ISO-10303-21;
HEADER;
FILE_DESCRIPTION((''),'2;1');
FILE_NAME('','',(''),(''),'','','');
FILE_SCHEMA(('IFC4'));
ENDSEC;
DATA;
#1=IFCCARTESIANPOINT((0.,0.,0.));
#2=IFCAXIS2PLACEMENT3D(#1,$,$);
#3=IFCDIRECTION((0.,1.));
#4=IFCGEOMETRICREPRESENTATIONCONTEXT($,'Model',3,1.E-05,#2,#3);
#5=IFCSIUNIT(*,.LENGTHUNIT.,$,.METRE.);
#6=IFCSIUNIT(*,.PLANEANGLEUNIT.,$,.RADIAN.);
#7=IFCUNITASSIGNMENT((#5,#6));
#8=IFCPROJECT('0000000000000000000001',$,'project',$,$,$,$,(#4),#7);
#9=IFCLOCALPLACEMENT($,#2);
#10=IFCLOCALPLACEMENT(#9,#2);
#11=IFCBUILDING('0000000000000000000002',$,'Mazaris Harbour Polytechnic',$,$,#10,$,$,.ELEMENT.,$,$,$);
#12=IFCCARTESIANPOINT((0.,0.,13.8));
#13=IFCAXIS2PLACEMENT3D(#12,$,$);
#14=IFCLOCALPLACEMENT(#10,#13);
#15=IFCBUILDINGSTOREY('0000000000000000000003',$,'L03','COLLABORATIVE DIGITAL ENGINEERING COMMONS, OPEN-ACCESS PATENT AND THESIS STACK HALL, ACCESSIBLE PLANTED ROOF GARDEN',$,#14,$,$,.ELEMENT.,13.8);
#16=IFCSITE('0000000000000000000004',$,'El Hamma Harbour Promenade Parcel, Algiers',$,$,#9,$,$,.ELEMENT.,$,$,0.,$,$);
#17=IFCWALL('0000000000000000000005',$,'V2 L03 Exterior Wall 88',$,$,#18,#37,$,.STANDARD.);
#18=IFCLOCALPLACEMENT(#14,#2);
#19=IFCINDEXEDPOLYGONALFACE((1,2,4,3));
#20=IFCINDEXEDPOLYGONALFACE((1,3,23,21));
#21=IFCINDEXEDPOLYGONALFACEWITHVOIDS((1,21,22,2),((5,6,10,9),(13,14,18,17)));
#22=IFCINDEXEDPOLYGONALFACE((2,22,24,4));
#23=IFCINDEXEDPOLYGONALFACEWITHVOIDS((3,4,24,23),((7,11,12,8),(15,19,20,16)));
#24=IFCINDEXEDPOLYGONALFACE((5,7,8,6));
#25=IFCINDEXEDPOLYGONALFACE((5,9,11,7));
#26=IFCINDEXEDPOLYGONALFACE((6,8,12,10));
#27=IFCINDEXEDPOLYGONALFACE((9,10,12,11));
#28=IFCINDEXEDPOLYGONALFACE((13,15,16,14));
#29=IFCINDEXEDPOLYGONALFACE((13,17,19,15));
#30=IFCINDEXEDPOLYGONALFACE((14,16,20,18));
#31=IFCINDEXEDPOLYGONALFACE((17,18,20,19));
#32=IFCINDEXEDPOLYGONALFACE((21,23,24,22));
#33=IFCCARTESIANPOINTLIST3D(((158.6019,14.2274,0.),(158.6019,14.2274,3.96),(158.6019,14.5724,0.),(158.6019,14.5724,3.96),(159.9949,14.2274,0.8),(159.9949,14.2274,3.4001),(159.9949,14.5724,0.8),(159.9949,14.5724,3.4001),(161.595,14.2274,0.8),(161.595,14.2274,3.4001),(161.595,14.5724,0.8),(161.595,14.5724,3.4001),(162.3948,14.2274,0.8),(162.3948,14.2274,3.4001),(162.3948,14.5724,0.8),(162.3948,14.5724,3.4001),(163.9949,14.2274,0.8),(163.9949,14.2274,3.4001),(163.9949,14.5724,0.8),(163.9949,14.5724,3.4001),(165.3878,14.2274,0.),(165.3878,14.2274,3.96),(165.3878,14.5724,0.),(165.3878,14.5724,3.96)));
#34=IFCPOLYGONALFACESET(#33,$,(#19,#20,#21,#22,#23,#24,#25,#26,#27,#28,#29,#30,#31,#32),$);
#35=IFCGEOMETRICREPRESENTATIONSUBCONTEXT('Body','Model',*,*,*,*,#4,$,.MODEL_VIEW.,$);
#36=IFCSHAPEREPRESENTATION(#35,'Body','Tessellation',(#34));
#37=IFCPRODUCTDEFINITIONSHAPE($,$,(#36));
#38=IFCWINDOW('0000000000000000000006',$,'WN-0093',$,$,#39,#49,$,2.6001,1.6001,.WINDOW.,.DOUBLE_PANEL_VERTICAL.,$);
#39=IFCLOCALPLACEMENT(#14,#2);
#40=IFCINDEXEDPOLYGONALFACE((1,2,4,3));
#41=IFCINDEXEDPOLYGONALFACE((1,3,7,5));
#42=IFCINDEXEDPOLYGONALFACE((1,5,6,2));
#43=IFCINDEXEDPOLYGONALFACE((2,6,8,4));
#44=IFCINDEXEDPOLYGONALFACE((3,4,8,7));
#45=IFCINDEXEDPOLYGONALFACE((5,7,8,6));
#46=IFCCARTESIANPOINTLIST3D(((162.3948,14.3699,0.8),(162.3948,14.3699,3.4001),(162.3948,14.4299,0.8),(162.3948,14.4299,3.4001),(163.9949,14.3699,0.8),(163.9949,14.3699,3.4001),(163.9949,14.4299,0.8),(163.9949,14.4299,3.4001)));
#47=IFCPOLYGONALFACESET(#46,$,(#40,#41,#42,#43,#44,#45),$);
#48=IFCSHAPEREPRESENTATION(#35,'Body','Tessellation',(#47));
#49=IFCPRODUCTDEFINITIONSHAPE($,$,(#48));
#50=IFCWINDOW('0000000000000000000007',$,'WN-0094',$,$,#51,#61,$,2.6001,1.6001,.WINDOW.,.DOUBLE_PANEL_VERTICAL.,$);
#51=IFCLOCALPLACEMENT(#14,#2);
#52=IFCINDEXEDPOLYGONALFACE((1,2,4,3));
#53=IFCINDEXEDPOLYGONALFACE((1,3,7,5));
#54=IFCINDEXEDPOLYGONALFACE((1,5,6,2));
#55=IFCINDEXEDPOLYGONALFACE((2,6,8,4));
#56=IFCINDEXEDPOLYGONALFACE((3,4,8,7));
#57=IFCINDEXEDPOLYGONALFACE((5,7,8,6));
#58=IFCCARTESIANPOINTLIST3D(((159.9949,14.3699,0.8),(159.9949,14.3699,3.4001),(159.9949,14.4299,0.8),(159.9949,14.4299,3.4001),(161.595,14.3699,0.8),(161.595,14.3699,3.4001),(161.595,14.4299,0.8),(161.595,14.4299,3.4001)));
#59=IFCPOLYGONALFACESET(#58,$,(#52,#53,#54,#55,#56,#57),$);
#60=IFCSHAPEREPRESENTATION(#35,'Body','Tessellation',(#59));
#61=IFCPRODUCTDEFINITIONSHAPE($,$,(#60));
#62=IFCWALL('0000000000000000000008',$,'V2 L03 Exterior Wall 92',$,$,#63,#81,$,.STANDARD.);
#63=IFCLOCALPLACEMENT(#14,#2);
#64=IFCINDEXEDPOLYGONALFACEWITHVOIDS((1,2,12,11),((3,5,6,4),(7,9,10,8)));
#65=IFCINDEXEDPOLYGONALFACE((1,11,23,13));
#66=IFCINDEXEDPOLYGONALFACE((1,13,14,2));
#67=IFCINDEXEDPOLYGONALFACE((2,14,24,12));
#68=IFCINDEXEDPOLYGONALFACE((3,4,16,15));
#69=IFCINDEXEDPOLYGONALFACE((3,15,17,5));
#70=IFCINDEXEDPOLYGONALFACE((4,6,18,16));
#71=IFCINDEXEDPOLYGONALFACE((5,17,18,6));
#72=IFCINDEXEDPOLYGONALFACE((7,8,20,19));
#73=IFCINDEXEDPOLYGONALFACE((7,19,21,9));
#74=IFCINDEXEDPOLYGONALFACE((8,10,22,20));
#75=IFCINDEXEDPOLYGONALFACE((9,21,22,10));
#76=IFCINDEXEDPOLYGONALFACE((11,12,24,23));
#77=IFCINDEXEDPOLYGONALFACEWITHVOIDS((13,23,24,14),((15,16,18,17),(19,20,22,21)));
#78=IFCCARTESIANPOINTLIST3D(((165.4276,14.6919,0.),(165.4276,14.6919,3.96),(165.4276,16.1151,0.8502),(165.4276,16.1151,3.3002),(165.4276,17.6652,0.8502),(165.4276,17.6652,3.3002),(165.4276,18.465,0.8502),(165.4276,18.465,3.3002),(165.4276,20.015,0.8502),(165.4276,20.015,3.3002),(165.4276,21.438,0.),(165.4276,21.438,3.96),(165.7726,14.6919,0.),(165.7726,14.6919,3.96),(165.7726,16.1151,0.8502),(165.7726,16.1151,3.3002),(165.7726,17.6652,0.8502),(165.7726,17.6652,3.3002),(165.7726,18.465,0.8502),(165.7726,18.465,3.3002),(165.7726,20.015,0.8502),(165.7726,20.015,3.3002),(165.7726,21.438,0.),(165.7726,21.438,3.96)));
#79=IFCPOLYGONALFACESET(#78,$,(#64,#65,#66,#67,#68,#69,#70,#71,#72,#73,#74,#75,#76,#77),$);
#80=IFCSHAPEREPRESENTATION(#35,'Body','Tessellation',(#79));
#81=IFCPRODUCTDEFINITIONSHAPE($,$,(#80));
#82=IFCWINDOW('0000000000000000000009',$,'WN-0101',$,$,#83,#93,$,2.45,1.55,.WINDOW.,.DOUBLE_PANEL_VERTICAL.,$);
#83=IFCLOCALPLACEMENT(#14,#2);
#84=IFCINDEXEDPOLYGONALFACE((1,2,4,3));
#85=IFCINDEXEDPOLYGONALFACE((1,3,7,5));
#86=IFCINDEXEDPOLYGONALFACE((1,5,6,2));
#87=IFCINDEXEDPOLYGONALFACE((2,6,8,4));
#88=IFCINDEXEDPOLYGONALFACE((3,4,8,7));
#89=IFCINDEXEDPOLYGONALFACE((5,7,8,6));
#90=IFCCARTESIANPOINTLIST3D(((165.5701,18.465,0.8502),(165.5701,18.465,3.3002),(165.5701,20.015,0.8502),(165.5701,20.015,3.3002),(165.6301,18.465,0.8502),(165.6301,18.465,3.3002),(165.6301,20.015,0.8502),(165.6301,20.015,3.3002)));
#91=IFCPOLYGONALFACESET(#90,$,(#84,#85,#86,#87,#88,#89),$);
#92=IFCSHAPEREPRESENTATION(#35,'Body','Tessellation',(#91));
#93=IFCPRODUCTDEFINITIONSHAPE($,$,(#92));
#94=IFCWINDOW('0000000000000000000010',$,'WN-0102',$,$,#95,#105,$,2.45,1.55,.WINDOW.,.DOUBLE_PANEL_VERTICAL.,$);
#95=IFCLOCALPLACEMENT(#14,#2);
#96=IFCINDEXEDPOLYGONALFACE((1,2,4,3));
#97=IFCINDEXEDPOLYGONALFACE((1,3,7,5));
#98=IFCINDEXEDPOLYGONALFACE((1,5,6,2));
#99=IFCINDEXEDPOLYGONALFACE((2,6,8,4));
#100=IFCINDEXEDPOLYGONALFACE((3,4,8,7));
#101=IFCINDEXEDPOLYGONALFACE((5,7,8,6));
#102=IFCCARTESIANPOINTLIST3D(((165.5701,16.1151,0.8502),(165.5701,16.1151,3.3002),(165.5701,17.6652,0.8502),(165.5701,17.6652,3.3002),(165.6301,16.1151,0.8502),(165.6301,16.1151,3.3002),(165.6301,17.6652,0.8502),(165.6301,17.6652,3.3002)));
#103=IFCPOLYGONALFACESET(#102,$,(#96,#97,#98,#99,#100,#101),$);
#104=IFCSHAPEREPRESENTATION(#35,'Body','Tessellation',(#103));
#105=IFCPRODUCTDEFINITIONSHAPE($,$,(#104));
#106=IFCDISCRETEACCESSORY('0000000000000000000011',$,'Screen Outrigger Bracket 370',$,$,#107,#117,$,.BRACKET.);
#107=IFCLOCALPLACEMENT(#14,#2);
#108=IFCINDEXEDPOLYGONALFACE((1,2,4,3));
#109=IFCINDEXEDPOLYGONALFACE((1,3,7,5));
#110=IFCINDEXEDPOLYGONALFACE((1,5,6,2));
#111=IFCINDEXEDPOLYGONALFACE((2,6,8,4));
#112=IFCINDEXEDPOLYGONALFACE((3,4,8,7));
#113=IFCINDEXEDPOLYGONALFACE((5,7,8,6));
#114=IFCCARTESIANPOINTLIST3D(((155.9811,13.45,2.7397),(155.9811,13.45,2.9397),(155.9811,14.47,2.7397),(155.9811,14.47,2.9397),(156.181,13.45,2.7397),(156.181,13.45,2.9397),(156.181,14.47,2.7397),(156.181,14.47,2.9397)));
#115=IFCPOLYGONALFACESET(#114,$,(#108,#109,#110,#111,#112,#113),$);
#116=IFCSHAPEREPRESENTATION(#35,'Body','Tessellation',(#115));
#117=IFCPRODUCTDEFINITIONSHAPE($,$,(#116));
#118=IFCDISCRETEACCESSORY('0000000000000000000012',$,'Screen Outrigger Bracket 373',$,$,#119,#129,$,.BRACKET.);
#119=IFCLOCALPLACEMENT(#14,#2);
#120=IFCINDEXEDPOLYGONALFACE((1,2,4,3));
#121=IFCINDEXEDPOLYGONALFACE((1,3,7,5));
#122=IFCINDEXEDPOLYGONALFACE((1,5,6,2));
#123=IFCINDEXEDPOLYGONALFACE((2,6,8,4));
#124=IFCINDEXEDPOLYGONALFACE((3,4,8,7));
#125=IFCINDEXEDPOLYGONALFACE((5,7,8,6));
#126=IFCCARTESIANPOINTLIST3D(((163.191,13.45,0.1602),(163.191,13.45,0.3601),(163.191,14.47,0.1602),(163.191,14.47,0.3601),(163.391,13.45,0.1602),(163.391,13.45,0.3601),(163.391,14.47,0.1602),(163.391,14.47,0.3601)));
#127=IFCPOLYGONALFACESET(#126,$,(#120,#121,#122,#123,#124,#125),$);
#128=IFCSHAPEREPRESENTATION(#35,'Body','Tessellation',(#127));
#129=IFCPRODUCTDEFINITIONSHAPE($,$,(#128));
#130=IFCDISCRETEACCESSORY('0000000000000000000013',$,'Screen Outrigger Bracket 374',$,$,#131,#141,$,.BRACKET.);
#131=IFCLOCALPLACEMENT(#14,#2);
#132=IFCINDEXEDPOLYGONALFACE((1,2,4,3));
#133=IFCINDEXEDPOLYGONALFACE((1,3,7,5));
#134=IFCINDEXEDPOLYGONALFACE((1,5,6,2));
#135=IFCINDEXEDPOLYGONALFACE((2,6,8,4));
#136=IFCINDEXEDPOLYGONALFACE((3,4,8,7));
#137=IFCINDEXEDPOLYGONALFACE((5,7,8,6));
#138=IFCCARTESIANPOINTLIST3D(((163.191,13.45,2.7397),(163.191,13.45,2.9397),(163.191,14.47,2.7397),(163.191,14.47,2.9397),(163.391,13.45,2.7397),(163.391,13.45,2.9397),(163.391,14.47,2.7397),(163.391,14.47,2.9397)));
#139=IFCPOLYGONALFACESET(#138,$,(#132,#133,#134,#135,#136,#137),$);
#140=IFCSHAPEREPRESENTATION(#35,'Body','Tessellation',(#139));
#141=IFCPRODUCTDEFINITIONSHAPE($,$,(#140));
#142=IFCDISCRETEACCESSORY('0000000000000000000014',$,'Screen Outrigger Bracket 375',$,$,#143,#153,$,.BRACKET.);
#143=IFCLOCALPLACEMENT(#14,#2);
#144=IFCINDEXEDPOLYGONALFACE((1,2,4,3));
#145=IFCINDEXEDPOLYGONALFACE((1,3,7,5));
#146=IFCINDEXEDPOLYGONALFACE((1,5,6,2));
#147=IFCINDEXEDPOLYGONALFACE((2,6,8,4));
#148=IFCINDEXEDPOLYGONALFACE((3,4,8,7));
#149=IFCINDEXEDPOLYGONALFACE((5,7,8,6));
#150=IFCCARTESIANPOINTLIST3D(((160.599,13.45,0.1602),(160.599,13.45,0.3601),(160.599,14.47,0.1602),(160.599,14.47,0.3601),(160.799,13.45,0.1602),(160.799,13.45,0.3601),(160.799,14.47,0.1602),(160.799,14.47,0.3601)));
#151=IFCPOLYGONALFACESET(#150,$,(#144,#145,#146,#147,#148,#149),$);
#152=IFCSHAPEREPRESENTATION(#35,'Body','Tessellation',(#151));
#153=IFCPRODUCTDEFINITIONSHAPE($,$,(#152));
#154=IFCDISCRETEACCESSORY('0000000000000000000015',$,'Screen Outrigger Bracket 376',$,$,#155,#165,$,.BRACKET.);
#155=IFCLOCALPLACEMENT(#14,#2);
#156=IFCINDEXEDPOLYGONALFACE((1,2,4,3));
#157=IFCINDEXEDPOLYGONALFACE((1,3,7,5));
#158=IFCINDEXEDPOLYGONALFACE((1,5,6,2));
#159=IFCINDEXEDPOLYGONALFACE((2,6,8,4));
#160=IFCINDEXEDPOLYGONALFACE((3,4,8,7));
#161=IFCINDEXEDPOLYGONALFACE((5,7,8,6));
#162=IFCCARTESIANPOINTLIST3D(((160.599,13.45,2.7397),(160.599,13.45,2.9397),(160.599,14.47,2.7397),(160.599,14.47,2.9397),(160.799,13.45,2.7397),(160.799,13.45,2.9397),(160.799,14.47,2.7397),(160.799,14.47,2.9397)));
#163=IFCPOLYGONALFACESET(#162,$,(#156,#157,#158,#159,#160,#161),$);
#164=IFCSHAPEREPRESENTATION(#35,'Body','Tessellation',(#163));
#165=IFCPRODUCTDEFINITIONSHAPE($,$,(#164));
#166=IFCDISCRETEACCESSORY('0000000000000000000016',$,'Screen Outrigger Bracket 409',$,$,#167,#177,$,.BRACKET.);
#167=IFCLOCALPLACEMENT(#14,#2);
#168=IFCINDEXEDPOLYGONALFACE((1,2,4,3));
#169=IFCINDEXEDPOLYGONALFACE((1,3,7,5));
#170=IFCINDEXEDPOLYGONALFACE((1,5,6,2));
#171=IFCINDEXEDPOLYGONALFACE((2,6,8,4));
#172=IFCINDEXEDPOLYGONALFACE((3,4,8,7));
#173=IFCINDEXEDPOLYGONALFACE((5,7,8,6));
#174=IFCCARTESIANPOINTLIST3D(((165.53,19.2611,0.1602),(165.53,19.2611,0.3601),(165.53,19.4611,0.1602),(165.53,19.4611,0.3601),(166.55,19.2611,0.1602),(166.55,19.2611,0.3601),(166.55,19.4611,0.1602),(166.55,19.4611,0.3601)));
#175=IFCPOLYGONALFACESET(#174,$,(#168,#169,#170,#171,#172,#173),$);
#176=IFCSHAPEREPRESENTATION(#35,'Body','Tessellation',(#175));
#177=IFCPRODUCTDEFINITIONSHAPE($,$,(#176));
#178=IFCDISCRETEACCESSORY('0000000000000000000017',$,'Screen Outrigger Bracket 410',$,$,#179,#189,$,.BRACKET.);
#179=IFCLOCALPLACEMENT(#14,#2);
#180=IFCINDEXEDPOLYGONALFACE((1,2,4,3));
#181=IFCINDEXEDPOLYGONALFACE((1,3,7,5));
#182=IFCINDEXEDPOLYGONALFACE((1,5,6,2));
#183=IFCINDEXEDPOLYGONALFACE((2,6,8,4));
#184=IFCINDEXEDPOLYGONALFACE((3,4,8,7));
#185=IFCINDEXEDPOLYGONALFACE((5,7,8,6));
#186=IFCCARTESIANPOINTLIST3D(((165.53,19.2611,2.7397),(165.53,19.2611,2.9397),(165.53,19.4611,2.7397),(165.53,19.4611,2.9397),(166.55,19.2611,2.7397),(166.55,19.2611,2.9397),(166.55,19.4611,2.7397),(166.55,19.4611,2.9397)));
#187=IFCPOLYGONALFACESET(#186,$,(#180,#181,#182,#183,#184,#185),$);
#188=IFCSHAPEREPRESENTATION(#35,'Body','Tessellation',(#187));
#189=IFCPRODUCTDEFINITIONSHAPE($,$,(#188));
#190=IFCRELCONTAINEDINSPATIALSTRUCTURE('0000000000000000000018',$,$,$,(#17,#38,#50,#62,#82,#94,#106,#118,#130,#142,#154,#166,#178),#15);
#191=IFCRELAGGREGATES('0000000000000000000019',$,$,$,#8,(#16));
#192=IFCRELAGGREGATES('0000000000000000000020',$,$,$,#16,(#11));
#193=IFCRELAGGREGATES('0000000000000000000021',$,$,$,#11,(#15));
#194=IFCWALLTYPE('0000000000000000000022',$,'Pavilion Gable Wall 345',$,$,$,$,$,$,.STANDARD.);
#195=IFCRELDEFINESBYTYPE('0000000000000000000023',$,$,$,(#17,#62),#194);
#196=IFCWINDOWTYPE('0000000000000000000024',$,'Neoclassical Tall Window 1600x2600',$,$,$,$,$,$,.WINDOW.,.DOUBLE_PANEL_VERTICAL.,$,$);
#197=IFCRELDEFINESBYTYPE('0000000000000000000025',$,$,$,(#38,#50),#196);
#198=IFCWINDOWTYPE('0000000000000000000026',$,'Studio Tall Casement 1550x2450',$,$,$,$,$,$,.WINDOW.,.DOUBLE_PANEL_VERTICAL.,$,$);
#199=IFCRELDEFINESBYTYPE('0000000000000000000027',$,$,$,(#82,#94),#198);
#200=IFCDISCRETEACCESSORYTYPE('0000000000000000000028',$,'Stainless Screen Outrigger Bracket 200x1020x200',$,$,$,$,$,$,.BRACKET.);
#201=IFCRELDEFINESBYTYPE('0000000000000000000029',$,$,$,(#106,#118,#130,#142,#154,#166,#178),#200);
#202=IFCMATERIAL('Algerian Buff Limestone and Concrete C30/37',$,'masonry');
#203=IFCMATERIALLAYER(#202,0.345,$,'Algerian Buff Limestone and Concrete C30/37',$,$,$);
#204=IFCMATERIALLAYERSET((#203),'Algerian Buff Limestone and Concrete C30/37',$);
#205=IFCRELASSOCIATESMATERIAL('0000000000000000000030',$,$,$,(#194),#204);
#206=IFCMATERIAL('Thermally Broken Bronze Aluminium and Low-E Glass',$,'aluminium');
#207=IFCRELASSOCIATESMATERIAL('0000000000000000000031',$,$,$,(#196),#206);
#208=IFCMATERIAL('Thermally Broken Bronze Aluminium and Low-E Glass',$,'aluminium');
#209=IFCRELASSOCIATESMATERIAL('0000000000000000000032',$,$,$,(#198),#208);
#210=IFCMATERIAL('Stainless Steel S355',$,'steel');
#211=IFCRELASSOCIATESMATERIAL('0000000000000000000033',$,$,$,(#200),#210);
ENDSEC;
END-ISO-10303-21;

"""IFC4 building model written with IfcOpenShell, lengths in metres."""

from ifc_helpers import new_model, si_unit, direction, frame, frame_2d, origin, origin_2d, place, context, subcontext, project, spatial, rectangle, extrude, material, layer, layer_set, type_object, element, fill, save


model = new_model("IFC4")

# Units and contexts
model_context = context("Model", 3, precision=1e-05, world=origin(), true_north=direction((0.0, 1.0)))
body_context = subcontext(model_context, "Body", "Model", "MODEL_VIEW")
ifc_project = project(units=[si_unit("LENGTHUNIT", "METRE"), si_unit("PLANEANGLEUNIT", "RADIAN")], contexts=[model_context])

# Site, building, storey
site_placement = place(None, origin())
site = spatial("IfcSite", under=ifc_project, at=site_placement, Name="El Hamma Harbour Promenade Parcel, Algiers", CompositionType="ELEMENT", RefElevation=0.0)
building_placement = place(site_placement, origin())
building = spatial("IfcBuilding", under=site, at=building_placement, Name="Mazaris Harbour Polytechnic", CompositionType="ELEMENT")
storey_placement = place(building_placement, frame((0.0, 0.0, 13.8)))
storey = spatial("IfcBuildingStorey", under=building, at=storey_placement, Name="L03", Description="COLLABORATIVE DIGITAL ENGINEERING COMMONS, OPEN-ACCESS PATENT AND THESIS STACK HALL, ACCESSIBLE PLANTED ROOF GARDEN", CompositionType="ELEMENT", Elevation=13.8)

# Walls, openings, windows
ifc_material_1 = material(Name="Algerian Buff Limestone and Concrete C30/37", Category="masonry")
ifc_layer = layer(ifc_material_1, 0.345, Name="Algerian Buff Limestone and Concrete C30/37")
ifc_layer_set = layer_set([ifc_layer], Name="Algerian Buff Limestone and Concrete C30/37")
wall_type = type_object("IfcWallType", Name="Pavilion Gable Wall 345", PredefinedType="STANDARD", material=ifc_layer_set)
wall_1_placement = place(storey_placement, frame((165.3879, 14.3999, 0.0), z_axis=(0.0, 0.0, 1.0), x_axis=(-1.0, 0.0, 0.0)))
wall_1 = element("IfcWall", 1, at=wall_1_placement, inside=storey, type_object=wall_type, Name="V2 L03 Exterior Wall 88", PredefinedType="STANDARD", context=body_context, shape_type="SweptSolid", body=[
    extrude(rectangle(XDim=6.7859, YDim=0.345, at=frame_2d((3.3931, 0.0))), origin(), (0.0, 0.0, 1.0), 3.96),
])
opening_1_placement = place(wall_1_placement, frame((1.3931, 0.0, 0.8)))
opening_1 = element("IfcOpeningElement", 2, at=opening_1_placement, cuts=wall_1, PredefinedType="OPENING", context=body_context, shape_type="SweptSolid", body=[
    extrude(rectangle(XDim=1.6001, YDim=2.6001, at=frame_2d((0.8, 1.3))), frame((0.0, 0.1824, 0.0), z_axis=(0.0, -1.0, 0.0), x_axis=(1.0, 0.0, 0.0)), (0.0, 0.0, 1.0), 0.365),
])
opening_2_placement = place(wall_1_placement, frame((3.793, 0.0, 0.8)))
opening_2 = element("IfcOpeningElement", 3, at=opening_2_placement, cuts=wall_1, PredefinedType="OPENING", context=body_context, shape_type="SweptSolid", body=[
    extrude(rectangle(XDim=1.6001, YDim=2.6001, at=frame_2d((0.8, 1.3))), frame((0.0, 0.1824, 0.0), z_axis=(0.0, -1.0, 0.0), x_axis=(1.0, 0.0, 0.0)), (0.0, 0.0, 1.0), 0.365),
])
ifc_material_2 = material(Name="Thermally Broken Bronze Aluminium and Low-E Glass", Category="aluminium")
window_type_1 = type_object("IfcWindowType", Name="Neoclassical Tall Window 1600x2600", PartitioningType="DOUBLE_PANEL_VERTICAL", PredefinedType="WINDOW", material=ifc_material_2)
window_1_placement = place(opening_1_placement, origin())
window_1 = element("IfcWindow", 4, at=window_1_placement, inside=storey, type_object=window_type_1, Name="WN-0093", OverallHeight=2.6001, OverallWidth=1.6001, PartitioningType="DOUBLE_PANEL_VERTICAL", PredefinedType="WINDOW", context=body_context, shape_type="SweptSolid", body=[
    extrude(rectangle(XDim=1.6001, YDim=2.6001, at=frame_2d((0.8, 1.3))), frame((0.0, 0.03, 0.0), z_axis=(0.0, -1.0, 0.0), x_axis=(1.0, 0.0, 0.0)), (0.0, 0.0, 1.0), 0.0601),
])
fill(opening_1, window_1)
window_2_placement = place(opening_2_placement, origin())
window_2 = element("IfcWindow", 5, at=window_2_placement, inside=storey, type_object=window_type_1, Name="WN-0094", OverallHeight=2.6001, OverallWidth=1.6001, PartitioningType="DOUBLE_PANEL_VERTICAL", PredefinedType="WINDOW", context=body_context, shape_type="SweptSolid", body=[
    extrude(rectangle(XDim=1.6001, YDim=2.6001, at=frame_2d((0.8, 1.3))), frame((0.0, 0.03, 0.0), z_axis=(0.0, -1.0, 0.0), x_axis=(1.0, 0.0, 0.0)), (0.0, 0.0, 1.0), 0.0601),
])
fill(opening_2, window_2)
wall_2_placement = place(storey_placement, frame((165.6001, 21.438, 0.0), z_axis=(0.0, 0.0, 1.0), x_axis=(0.0, -1.0, 0.0)))
wall_2 = element("IfcWall", 6, at=wall_2_placement, inside=storey, type_object=wall_type, Name="V2 L03 Exterior Wall 92", PredefinedType="STANDARD", context=body_context, shape_type="SweptSolid", body=[
    extrude(rectangle(XDim=6.7461, YDim=0.345, at=frame_2d((3.373, 0.0))), origin(), (0.0, 0.0, 1.0), 3.96),
])
opening_3_placement = place(wall_2_placement, frame((1.4231, 0.0, 0.8501)))
opening_3 = element("IfcOpeningElement", 7, at=opening_3_placement, cuts=wall_2, PredefinedType="OPENING", context=body_context, shape_type="SweptSolid", body=[
    extrude(rectangle(XDim=1.55, YDim=2.45, at=frame_2d((0.7749, 1.2251))), frame((0.0, 0.1824, 0.0), z_axis=(0.0, -1.0, 0.0), x_axis=(1.0, 0.0, 0.0)), (0.0, 0.0, 1.0), 0.365),
])
opening_4_placement = place(wall_2_placement, frame((3.7729, 0.0, 0.8501)))
opening_4 = element("IfcOpeningElement", 8, at=opening_4_placement, cuts=wall_2, PredefinedType="OPENING", context=body_context, shape_type="SweptSolid", body=[
    extrude(rectangle(XDim=1.55, YDim=2.45, at=frame_2d((0.7749, 1.2251))), frame((0.0, 0.1824, 0.0), z_axis=(0.0, -1.0, 0.0), x_axis=(1.0, 0.0, 0.0)), (0.0, 0.0, 1.0), 0.365),
])
ifc_material_3 = material(Name="Thermally Broken Bronze Aluminium and Low-E Glass", Category="aluminium")
window_type_2 = type_object("IfcWindowType", Name="Studio Tall Casement 1550x2450", PartitioningType="DOUBLE_PANEL_VERTICAL", PredefinedType="WINDOW", material=ifc_material_3)
window_3_placement = place(opening_3_placement, origin())
window_3 = element("IfcWindow", 9, at=window_3_placement, inside=storey, type_object=window_type_2, Name="WN-0101", OverallHeight=2.45, OverallWidth=1.55, PartitioningType="DOUBLE_PANEL_VERTICAL", PredefinedType="WINDOW", context=body_context, shape_type="SweptSolid", body=[
    extrude(rectangle(XDim=1.55, YDim=2.45, at=frame_2d((0.7749, 1.2251))), frame((0.0, 0.03, 0.0), z_axis=(0.0, -1.0, 0.0), x_axis=(1.0, 0.0, 0.0)), (0.0, 0.0, 1.0), 0.0601),
])
fill(opening_3, window_3)
window_4_placement = place(opening_4_placement, origin())
window_4 = element("IfcWindow", 10, at=window_4_placement, inside=storey, type_object=window_type_2, Name="WN-0102", OverallHeight=2.45, OverallWidth=1.55, PartitioningType="DOUBLE_PANEL_VERTICAL", PredefinedType="WINDOW", context=body_context, shape_type="SweptSolid", body=[
    extrude(rectangle(XDim=1.55, YDim=2.45, at=frame_2d((0.7749, 1.2251))), frame((0.0, 0.03, 0.0), z_axis=(0.0, -1.0, 0.0), x_axis=(1.0, 0.0, 0.0)), (0.0, 0.0, 1.0), 0.0601),
])
fill(opening_4, window_4)

# Discrete accessories
ifc_material_4 = material(Name="Stainless Steel S355", Category="steel")
discrete_accessory_type = type_object("IfcDiscreteAccessoryType", Name="Stainless Screen Outrigger Bracket 200x1020x200", PredefinedType="BRACKET", material=ifc_material_4)
for number, where, z_axis, x_axis, name in (
    (11, (156.0811, 13.96, 2.7397), (0.0, 0.0, 1.0), (-1.0, 0.0, 0.0), "Screen Outrigger Bracket 370"),
    (12, (163.291, 13.96, 0.1602), (0.0, 0.0, 1.0), (-1.0, 0.0, 0.0), "Screen Outrigger Bracket 373"),
    (13, (163.291, 13.96, 2.7397), (0.0, 0.0, 1.0), (-1.0, 0.0, 0.0), "Screen Outrigger Bracket 374"),
    (14, (160.699, 13.96, 0.1602), (0.0, 0.0, 1.0), (-1.0, 0.0, 0.0), "Screen Outrigger Bracket 375"),
    (15, (160.699, 13.96, 2.7397), (0.0, 0.0, 1.0), (-1.0, 0.0, 0.0), "Screen Outrigger Bracket 376"),
    (16, (166.04, 19.3611, 0.1602), (0.0, 0.0, 1.0), (0.0, -1.0, 0.0), "Screen Outrigger Bracket 409"),
    (17, (166.04, 19.3611, 2.7397), (0.0, 0.0, 1.0), (0.0, -1.0, 0.0), "Screen Outrigger Bracket 410"),
):
    element("IfcDiscreteAccessory", number, at=place(storey_placement, frame(where, z_axis=z_axis, x_axis=x_axis)), inside=storey, type_object=discrete_accessory_type, Name=name, PredefinedType="BRACKET", context=body_context, shape_type="SweptSolid", body=[
        extrude(rectangle(XDim=0.2, YDim=1.02, at=origin_2d()), origin(), (0.0, 0.0, 1.0), 0.2),
    ])

save(model, "model.ifc")
